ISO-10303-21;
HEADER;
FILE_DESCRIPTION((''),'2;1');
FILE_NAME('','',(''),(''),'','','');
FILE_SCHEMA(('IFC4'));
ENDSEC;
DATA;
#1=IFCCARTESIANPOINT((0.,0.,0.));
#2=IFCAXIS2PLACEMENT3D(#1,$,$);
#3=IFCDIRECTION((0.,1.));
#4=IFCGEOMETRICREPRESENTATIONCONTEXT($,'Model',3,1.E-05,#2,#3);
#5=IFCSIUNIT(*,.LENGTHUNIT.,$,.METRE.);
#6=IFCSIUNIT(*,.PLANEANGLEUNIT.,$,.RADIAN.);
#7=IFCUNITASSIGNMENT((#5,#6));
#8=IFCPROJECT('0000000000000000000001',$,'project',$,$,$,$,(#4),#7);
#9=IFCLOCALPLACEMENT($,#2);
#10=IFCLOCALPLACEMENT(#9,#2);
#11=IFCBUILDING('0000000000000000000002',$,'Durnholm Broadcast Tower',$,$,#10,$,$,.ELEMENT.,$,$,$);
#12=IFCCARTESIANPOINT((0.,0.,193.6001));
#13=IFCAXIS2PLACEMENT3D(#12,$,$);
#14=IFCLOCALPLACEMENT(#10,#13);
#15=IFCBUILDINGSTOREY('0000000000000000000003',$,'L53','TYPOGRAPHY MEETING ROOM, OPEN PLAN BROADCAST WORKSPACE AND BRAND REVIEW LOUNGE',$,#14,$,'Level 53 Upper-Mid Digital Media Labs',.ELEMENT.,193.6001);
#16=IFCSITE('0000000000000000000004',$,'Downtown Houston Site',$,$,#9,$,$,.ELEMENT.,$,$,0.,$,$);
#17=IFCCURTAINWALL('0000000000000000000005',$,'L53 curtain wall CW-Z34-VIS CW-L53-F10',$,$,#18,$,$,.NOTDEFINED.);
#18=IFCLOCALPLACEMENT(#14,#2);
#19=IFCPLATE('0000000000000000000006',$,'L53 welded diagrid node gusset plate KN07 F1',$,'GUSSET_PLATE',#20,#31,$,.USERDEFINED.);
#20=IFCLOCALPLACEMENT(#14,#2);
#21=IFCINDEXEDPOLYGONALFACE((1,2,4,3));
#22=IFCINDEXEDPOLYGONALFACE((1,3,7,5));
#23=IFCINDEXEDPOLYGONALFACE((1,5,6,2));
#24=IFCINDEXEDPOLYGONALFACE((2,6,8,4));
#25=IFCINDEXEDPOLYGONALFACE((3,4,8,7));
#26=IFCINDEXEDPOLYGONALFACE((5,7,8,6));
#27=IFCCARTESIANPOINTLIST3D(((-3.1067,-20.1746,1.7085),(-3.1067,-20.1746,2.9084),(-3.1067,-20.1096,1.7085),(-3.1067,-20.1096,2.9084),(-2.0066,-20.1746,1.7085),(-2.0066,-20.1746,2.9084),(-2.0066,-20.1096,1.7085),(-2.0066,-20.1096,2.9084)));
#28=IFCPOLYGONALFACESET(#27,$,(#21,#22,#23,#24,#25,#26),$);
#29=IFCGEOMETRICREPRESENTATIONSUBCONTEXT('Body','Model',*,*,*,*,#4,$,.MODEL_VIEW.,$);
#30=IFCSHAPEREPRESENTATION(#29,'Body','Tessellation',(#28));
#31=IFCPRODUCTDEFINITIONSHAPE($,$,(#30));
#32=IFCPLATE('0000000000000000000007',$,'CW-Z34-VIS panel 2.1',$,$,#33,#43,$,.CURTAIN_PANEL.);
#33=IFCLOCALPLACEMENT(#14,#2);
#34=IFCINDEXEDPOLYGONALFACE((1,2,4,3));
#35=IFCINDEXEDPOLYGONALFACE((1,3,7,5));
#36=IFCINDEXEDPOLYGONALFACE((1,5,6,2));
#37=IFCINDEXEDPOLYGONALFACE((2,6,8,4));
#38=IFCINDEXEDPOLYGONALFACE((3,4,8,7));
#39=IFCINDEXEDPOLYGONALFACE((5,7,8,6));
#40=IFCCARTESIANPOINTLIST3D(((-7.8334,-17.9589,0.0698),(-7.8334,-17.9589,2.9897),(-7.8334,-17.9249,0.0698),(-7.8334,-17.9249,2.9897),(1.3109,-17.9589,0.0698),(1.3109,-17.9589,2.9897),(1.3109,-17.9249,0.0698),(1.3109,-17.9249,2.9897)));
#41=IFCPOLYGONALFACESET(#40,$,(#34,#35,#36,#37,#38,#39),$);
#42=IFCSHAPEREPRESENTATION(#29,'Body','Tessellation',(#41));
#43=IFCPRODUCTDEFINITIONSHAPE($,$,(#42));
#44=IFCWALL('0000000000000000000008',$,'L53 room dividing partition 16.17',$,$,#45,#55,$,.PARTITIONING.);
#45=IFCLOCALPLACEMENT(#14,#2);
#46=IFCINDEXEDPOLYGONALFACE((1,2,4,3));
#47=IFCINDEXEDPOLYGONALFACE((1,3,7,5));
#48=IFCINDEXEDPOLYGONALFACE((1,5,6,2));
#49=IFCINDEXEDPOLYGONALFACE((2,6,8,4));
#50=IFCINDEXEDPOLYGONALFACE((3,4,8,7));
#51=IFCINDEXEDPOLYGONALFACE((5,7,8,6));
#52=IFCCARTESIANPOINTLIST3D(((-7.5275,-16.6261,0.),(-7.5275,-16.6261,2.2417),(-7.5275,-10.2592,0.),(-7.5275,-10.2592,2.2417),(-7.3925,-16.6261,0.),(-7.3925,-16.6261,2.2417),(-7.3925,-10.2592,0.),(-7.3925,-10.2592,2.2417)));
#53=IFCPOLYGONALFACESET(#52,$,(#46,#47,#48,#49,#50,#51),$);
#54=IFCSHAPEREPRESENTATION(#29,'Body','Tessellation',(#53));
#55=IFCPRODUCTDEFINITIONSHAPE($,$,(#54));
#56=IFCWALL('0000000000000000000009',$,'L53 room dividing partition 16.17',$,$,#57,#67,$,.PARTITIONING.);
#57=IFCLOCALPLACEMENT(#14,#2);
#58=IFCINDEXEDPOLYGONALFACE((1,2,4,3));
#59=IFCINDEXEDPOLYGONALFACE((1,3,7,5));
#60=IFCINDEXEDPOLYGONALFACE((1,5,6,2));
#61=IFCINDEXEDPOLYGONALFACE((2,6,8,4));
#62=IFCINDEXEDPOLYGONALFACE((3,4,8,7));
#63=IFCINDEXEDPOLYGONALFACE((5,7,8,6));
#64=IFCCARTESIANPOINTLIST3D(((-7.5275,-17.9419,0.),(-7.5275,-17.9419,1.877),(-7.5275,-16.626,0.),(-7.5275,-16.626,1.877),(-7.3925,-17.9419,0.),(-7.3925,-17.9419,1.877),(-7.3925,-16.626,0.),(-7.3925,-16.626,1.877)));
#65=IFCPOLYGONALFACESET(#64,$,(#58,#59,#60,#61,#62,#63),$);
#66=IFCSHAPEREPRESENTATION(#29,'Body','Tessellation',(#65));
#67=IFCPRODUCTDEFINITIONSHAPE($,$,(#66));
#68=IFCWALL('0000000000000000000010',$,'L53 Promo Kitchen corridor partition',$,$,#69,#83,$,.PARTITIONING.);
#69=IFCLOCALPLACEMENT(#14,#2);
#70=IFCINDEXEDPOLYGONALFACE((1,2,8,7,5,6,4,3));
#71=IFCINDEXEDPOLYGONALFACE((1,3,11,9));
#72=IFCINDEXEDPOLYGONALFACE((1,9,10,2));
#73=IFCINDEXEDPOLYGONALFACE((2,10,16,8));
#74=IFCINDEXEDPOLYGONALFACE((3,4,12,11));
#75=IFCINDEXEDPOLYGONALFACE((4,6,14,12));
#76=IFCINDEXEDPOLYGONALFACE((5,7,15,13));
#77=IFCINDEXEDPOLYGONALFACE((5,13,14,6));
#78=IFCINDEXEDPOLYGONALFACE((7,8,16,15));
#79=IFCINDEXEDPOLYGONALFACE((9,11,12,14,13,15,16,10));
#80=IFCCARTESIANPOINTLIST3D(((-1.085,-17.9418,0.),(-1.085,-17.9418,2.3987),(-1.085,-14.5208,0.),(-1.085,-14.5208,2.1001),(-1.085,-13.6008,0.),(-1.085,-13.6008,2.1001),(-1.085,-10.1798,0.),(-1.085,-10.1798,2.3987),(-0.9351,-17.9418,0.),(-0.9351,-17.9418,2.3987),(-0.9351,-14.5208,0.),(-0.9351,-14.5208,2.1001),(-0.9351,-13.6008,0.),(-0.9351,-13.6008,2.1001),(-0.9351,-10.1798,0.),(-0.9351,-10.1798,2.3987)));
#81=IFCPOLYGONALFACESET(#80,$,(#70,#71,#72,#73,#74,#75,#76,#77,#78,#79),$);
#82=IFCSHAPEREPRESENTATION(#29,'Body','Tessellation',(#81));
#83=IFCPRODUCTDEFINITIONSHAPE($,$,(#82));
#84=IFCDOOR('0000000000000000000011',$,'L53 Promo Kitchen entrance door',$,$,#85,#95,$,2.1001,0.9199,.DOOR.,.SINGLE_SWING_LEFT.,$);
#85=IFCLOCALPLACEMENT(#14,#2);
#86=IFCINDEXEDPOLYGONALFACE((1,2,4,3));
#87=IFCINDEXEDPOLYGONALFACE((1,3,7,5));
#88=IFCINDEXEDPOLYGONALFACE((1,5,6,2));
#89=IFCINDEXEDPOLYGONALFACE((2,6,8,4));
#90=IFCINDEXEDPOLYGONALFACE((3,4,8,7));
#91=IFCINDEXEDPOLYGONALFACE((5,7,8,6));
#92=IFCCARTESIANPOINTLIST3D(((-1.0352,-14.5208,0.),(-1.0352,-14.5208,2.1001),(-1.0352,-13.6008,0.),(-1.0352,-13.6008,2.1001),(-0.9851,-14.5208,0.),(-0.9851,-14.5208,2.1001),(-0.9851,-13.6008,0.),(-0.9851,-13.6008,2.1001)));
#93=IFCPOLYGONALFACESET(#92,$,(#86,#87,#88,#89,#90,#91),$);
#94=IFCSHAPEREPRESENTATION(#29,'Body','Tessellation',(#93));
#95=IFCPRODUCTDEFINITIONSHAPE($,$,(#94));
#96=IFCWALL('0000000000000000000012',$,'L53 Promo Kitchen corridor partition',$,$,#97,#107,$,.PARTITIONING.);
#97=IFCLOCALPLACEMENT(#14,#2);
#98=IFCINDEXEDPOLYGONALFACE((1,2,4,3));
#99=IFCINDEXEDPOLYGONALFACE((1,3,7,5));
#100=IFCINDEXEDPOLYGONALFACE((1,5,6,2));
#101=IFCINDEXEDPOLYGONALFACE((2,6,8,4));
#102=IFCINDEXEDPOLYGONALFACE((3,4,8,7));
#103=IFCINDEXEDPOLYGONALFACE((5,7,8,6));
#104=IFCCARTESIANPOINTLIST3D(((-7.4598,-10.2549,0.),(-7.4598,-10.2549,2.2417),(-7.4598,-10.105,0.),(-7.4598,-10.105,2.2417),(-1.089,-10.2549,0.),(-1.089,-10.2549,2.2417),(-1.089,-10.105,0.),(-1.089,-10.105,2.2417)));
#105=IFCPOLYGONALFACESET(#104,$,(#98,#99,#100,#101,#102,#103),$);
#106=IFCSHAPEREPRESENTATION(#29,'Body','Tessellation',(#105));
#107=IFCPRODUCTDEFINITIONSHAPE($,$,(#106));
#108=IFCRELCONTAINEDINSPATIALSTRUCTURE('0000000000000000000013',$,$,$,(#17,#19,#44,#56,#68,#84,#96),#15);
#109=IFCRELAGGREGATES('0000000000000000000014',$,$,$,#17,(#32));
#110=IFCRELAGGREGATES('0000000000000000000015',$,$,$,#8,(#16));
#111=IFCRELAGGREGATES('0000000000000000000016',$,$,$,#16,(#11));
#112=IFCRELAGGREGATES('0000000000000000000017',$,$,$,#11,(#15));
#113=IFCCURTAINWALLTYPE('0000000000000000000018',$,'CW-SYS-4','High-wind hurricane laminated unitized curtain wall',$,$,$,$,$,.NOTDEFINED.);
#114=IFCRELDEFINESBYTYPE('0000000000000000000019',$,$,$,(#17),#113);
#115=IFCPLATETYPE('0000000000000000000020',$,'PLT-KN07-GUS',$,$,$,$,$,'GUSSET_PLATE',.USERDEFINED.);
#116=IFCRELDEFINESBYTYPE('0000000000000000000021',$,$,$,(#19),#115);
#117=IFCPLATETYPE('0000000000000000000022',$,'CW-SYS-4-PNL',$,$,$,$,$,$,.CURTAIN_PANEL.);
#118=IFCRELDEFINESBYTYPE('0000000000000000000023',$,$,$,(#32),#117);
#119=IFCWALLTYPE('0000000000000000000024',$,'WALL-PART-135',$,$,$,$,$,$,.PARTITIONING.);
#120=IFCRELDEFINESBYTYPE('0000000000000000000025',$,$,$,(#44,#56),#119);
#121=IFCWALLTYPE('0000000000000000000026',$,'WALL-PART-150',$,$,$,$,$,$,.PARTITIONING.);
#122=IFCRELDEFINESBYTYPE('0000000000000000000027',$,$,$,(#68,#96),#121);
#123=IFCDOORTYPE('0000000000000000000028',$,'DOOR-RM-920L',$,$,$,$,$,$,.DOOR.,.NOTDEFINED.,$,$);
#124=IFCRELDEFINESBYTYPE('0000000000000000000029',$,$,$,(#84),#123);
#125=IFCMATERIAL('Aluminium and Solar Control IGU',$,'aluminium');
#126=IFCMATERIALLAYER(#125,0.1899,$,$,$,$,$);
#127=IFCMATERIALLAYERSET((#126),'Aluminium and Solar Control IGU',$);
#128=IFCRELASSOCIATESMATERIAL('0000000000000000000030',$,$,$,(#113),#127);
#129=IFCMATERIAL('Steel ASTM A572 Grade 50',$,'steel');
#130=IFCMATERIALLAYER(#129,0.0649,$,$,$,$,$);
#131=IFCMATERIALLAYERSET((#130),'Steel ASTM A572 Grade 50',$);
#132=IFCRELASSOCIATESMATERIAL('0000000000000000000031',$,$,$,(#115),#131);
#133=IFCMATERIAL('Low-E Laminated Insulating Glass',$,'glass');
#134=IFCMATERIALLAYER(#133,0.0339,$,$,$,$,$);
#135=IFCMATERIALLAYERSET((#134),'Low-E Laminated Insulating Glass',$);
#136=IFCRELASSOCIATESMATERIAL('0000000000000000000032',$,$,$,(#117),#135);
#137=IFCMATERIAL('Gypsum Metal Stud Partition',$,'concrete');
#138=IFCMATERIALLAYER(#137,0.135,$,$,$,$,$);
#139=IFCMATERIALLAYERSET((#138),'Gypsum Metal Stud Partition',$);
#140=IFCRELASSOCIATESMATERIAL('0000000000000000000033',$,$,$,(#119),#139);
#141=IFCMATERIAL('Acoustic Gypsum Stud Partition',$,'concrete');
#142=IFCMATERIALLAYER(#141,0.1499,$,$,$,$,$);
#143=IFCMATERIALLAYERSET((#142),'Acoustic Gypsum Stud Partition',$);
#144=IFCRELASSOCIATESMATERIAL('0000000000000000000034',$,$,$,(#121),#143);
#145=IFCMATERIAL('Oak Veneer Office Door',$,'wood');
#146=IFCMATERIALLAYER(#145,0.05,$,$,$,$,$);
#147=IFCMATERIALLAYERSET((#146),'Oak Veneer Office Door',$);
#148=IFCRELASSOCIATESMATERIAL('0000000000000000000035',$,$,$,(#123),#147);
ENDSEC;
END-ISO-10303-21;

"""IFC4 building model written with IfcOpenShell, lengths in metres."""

from ifc_helpers import new_model, si_unit, direction, frame, frame_2d, origin, origin_2d, place, context, subcontext, project, spatial, rectangle, extrude, source, transform, mapped, material, layer, layer_set, type_object, type_shapes, element, fill, aggregate, save


model = new_model("IFC4")

# Units and contexts
model_context = context("Model", 3, precision=1e-05, world=origin(), true_north=direction((0.0, 1.0)))
body_context = subcontext(model_context, "Body", "Model", "MODEL_VIEW")
ifc_project = project(units=[si_unit("LENGTHUNIT", "METRE"), si_unit("PLANEANGLEUNIT", "RADIAN")], contexts=[model_context])

# Site, building, storey
site_placement = place(None, origin())
site = spatial("IfcSite", under=ifc_project, at=site_placement, Name="Downtown Houston Site", CompositionType="ELEMENT", RefElevation=0.0)
building_placement = place(site_placement, origin())
building = spatial("IfcBuilding", under=site, at=building_placement, Name="Durnholm Broadcast Tower", CompositionType="ELEMENT")
storey_placement = place(building_placement, frame((0.0, 0.0, 193.6001)))
storey = spatial("IfcBuildingStorey", under=building, at=storey_placement, Name="L53", Description="TYPOGRAPHY MEETING ROOM, OPEN PLAN BROADCAST WORKSPACE AND BRAND REVIEW LOUNGE", LongName="Level 53 Upper-Mid Digital Media Labs", CompositionType="ELEMENT", Elevation=193.6001)

# Shared definitions
ifc_material_1 = material(Name="Aluminium and Solar Control IGU", Category="aluminium")

# Curtain wall
ifc_layer_1 = layer(ifc_material_1, 0.1899)
ifc_layer_set_1 = layer_set([ifc_layer_1], Name="Aluminium and Solar Control IGU")
curtain_wall_type_1 = type_object("IfcCurtainWallType", Name="CW-SYS-4", Description="High-wind hurricane laminated unitized curtain wall", PredefinedType="NOTDEFINED", material=ifc_layer_set_1)
curtain_wall_1_placement = place(storey_placement, origin())
curtain_wall_1 = element("IfcCurtainWall", 1, at=curtain_wall_1_placement, inside=storey, type_object=curtain_wall_type_1, Name="L53 curtain wall CW-Z34-VIS CW-L53-F10", PredefinedType="NOTDEFINED")

# Plate
ifc_material_2 = material(Name="Steel ASTM A572 Grade 50", Category="steel")
ifc_layer_2 = layer(ifc_material_2, 0.0649)
ifc_layer_set_2 = layer_set([ifc_layer_2], Name="Steel ASTM A572 Grade 50")
plate_type_1 = type_object("IfcPlateType", Name="PLT-KN07-GUS", ElementType="GUSSET_PLATE", PredefinedType="USERDEFINED", material=ifc_layer_set_2)
shared_shape_1 = source(origin(), body_context, "Body", "SweptSolid", [
    extrude(rectangle(XDim=1.1001, YDim=0.0649, at=origin_2d()), origin(), (0.0, 0.0, 1.0), 1.2),
])
type_shapes(plate_type_1, [shared_shape_1])
plate_1_placement = place(storey_placement, frame((-2.5566, -20.1421, 1.7085), z_axis=(0.0, 0.0, 1.0), x_axis=(1.0, 0.0, 0.0)))
element("IfcPlate", 2, at=plate_1_placement, inside=storey, type_object=plate_type_1, Name="L53 welded diagrid node gusset plate KN07 F1", ObjectType="GUSSET_PLATE", PredefinedType="USERDEFINED", context=body_context, shape_type="MappedRepresentation", body=[
    mapped(shared_shape_1, transform((0.0, 0.0, 0.0), x_axis=(1.0, 0.0, 0.0), y_axis=(0.0, 1.0, 0.0), z_axis=(0.0, 0.0, 1.0), scale=1.0)),
])

# Plate
ifc_material_3 = material(Name="Low-E Laminated Insulating Glass", Category="glass")
ifc_layer_3 = layer(ifc_material_3, 0.0339)
ifc_layer_set_3 = layer_set([ifc_layer_3], Name="Low-E Laminated Insulating Glass")
plate_type_2 = type_object("IfcPlateType", Name="CW-SYS-4-PNL", PredefinedType="CURTAIN_PANEL", material=ifc_layer_set_3)
shared_shape_2 = source(origin(), body_context, "Body", "SweptSolid", [
    extrude(rectangle(XDim=9.1443, YDim=0.0339, at=origin_2d()), origin(), (0.0, 0.0, 1.0), 2.9199),
])
type_shapes(plate_type_2, [shared_shape_2])
plate_2_placement = place(storey_placement, frame((-3.2612, -17.9419, 0.0698), z_axis=(0.0, 0.0, 1.0), x_axis=(-1.0, 0.0, 0.0)))
plate_2 = element("IfcPlate", 3, at=plate_2_placement, type_object=plate_type_2, Name="CW-Z34-VIS panel 2.1", PredefinedType="CURTAIN_PANEL", context=body_context, shape_type="MappedRepresentation", body=[
    mapped(shared_shape_2, transform((0.0, 0.0, 0.0), x_axis=(1.0, 0.0, 0.0), y_axis=(0.0, 1.0, 0.0), z_axis=(0.0, 0.0, 1.0), scale=1.0)),
])
aggregate(curtain_wall_1, [plate_2])

# Walls
ifc_material_4 = material(Name="Gypsum Metal Stud Partition", Category="concrete")
ifc_layer_4 = layer(ifc_material_4, 0.135)
ifc_layer_set_4 = layer_set([ifc_layer_4], Name="Gypsum Metal Stud Partition")
wall_type_1 = type_object("IfcWallType", Name="WALL-PART-135", PredefinedType="PARTITIONING", material=ifc_layer_set_4)
wall_1_placement = place(storey_placement, frame((-7.46, -10.259, 0.0), z_axis=(0.0, 0.0, 1.0), x_axis=(0.0, -1.0, 0.0)))
element("IfcWall", 4, at=wall_1_placement, inside=storey, type_object=wall_type_1, Name="L53 room dividing partition 16.17", PredefinedType="PARTITIONING", context=body_context, shape_type="SweptSolid", body=[
    extrude(rectangle(XDim=6.3669, YDim=0.135, at=frame_2d((3.1836, 0.0))), origin(), (0.0, 0.0, 1.0), 2.2417),
])
wall_2_placement = place(storey_placement, frame((-7.46, -16.626, 0.0), z_axis=(0.0, 0.0, 1.0), x_axis=(0.0, -1.0, 0.0)))
element("IfcWall", 5, at=wall_2_placement, inside=storey, type_object=wall_type_1, Name="L53 room dividing partition 16.17", PredefinedType="PARTITIONING", context=body_context, shape_type="SweptSolid", body=[
    extrude(rectangle(XDim=1.3159, YDim=0.135, at=frame_2d((0.658, 0.0))), origin(), (0.0, 0.0, 1.0), 1.877),
])

# Wall, opening, door
ifc_material_5 = material(Name="Acoustic Gypsum Stud Partition", Category="concrete")
ifc_layer_5 = layer(ifc_material_5, 0.1499)
ifc_layer_set_5 = layer_set([ifc_layer_5], Name="Acoustic Gypsum Stud Partition")
wall_type_2 = type_object("IfcWallType", Name="WALL-PART-150", PredefinedType="PARTITIONING", material=ifc_layer_set_5)
wall_3_placement = place(storey_placement, frame((-1.01, -10.1799, 0.0), z_axis=(0.0, 0.0, 1.0), x_axis=(0.0, -1.0, 0.0)))
wall_3 = element("IfcWall", 6, at=wall_3_placement, inside=storey, type_object=wall_type_2, Name="L53 Promo Kitchen corridor partition", PredefinedType="PARTITIONING", context=body_context, shape_type="SweptSolid", body=[
    extrude(rectangle(XDim=7.762, YDim=0.1499, at=frame_2d((3.8809, 0.0))), origin(), (0.0, 0.0, 1.0), 2.3987),
])
opening_placement = place(wall_3_placement, frame((3.4209, 0.0, 0.0)))
opening = element("IfcOpeningElement", 7, at=opening_placement, cuts=wall_3, PredefinedType="OPENING", context=body_context, shape_type="SweptSolid", body=[
    extrude(rectangle(XDim=0.9199, YDim=2.1001, at=frame_2d((0.46, 1.05))), frame((0.0, 0.085, 0.0), z_axis=(0.0, -1.0, 0.0), x_axis=(1.0, 0.0, 0.0)), (0.0, 0.0, 1.0), 0.1699),
])
ifc_material_6 = material(Name="Oak Veneer Office Door", Category="wood")
ifc_layer_6 = layer(ifc_material_6, 0.05)
ifc_layer_set_6 = layer_set([ifc_layer_6], Name="Oak Veneer Office Door")
door_type = type_object("IfcDoorType", Name="DOOR-RM-920L", OperationType="NOTDEFINED", PredefinedType="DOOR", material=ifc_layer_set_6)
shared_shape_3 = source(origin(), body_context, "Body", "SweptSolid", [
    extrude(rectangle(XDim=0.9199, YDim=2.1001, at=frame_2d((0.46, 1.05))), frame((0.0, 0.0249, 0.0), z_axis=(0.0, -1.0, 0.0), x_axis=(1.0, 0.0, 0.0)), (0.0, 0.0, 1.0), 0.05),
])
type_shapes(door_type, [shared_shape_3])
door_placement = place(opening_placement, origin())
door = element("IfcDoor", 8, at=door_placement, inside=storey, type_object=door_type, Name="L53 Promo Kitchen entrance door", OperationType="SINGLE_SWING_LEFT", OverallHeight=2.1001, OverallWidth=0.9199, PredefinedType="DOOR", context=body_context, shape_type="MappedRepresentation", body=[
    mapped(shared_shape_3, transform((0.0, 0.0, 0.0), x_axis=(1.0, 0.0, 0.0), y_axis=(0.0, 1.0, 0.0), z_axis=(0.0, 0.0, 1.0), scale=1.0)),
])
fill(opening, door)

# Wall
wall_4_placement = place(storey_placement, frame((-7.46, -10.1799, 0.0), z_axis=(0.0, 0.0, 1.0), x_axis=(1.0, 0.0, 0.0)))
element("IfcWall", 9, at=wall_4_placement, inside=storey, type_object=wall_type_2, Name="L53 Promo Kitchen corridor partition", PredefinedType="PARTITIONING", context=body_context, shape_type="SweptSolid", body=[
    extrude(rectangle(XDim=6.3708, YDim=0.1499, at=frame_2d((3.1855, 0.0))), origin(), (0.0, 0.0, 1.0), 2.2417),
])

save(model, "model.ifc")
